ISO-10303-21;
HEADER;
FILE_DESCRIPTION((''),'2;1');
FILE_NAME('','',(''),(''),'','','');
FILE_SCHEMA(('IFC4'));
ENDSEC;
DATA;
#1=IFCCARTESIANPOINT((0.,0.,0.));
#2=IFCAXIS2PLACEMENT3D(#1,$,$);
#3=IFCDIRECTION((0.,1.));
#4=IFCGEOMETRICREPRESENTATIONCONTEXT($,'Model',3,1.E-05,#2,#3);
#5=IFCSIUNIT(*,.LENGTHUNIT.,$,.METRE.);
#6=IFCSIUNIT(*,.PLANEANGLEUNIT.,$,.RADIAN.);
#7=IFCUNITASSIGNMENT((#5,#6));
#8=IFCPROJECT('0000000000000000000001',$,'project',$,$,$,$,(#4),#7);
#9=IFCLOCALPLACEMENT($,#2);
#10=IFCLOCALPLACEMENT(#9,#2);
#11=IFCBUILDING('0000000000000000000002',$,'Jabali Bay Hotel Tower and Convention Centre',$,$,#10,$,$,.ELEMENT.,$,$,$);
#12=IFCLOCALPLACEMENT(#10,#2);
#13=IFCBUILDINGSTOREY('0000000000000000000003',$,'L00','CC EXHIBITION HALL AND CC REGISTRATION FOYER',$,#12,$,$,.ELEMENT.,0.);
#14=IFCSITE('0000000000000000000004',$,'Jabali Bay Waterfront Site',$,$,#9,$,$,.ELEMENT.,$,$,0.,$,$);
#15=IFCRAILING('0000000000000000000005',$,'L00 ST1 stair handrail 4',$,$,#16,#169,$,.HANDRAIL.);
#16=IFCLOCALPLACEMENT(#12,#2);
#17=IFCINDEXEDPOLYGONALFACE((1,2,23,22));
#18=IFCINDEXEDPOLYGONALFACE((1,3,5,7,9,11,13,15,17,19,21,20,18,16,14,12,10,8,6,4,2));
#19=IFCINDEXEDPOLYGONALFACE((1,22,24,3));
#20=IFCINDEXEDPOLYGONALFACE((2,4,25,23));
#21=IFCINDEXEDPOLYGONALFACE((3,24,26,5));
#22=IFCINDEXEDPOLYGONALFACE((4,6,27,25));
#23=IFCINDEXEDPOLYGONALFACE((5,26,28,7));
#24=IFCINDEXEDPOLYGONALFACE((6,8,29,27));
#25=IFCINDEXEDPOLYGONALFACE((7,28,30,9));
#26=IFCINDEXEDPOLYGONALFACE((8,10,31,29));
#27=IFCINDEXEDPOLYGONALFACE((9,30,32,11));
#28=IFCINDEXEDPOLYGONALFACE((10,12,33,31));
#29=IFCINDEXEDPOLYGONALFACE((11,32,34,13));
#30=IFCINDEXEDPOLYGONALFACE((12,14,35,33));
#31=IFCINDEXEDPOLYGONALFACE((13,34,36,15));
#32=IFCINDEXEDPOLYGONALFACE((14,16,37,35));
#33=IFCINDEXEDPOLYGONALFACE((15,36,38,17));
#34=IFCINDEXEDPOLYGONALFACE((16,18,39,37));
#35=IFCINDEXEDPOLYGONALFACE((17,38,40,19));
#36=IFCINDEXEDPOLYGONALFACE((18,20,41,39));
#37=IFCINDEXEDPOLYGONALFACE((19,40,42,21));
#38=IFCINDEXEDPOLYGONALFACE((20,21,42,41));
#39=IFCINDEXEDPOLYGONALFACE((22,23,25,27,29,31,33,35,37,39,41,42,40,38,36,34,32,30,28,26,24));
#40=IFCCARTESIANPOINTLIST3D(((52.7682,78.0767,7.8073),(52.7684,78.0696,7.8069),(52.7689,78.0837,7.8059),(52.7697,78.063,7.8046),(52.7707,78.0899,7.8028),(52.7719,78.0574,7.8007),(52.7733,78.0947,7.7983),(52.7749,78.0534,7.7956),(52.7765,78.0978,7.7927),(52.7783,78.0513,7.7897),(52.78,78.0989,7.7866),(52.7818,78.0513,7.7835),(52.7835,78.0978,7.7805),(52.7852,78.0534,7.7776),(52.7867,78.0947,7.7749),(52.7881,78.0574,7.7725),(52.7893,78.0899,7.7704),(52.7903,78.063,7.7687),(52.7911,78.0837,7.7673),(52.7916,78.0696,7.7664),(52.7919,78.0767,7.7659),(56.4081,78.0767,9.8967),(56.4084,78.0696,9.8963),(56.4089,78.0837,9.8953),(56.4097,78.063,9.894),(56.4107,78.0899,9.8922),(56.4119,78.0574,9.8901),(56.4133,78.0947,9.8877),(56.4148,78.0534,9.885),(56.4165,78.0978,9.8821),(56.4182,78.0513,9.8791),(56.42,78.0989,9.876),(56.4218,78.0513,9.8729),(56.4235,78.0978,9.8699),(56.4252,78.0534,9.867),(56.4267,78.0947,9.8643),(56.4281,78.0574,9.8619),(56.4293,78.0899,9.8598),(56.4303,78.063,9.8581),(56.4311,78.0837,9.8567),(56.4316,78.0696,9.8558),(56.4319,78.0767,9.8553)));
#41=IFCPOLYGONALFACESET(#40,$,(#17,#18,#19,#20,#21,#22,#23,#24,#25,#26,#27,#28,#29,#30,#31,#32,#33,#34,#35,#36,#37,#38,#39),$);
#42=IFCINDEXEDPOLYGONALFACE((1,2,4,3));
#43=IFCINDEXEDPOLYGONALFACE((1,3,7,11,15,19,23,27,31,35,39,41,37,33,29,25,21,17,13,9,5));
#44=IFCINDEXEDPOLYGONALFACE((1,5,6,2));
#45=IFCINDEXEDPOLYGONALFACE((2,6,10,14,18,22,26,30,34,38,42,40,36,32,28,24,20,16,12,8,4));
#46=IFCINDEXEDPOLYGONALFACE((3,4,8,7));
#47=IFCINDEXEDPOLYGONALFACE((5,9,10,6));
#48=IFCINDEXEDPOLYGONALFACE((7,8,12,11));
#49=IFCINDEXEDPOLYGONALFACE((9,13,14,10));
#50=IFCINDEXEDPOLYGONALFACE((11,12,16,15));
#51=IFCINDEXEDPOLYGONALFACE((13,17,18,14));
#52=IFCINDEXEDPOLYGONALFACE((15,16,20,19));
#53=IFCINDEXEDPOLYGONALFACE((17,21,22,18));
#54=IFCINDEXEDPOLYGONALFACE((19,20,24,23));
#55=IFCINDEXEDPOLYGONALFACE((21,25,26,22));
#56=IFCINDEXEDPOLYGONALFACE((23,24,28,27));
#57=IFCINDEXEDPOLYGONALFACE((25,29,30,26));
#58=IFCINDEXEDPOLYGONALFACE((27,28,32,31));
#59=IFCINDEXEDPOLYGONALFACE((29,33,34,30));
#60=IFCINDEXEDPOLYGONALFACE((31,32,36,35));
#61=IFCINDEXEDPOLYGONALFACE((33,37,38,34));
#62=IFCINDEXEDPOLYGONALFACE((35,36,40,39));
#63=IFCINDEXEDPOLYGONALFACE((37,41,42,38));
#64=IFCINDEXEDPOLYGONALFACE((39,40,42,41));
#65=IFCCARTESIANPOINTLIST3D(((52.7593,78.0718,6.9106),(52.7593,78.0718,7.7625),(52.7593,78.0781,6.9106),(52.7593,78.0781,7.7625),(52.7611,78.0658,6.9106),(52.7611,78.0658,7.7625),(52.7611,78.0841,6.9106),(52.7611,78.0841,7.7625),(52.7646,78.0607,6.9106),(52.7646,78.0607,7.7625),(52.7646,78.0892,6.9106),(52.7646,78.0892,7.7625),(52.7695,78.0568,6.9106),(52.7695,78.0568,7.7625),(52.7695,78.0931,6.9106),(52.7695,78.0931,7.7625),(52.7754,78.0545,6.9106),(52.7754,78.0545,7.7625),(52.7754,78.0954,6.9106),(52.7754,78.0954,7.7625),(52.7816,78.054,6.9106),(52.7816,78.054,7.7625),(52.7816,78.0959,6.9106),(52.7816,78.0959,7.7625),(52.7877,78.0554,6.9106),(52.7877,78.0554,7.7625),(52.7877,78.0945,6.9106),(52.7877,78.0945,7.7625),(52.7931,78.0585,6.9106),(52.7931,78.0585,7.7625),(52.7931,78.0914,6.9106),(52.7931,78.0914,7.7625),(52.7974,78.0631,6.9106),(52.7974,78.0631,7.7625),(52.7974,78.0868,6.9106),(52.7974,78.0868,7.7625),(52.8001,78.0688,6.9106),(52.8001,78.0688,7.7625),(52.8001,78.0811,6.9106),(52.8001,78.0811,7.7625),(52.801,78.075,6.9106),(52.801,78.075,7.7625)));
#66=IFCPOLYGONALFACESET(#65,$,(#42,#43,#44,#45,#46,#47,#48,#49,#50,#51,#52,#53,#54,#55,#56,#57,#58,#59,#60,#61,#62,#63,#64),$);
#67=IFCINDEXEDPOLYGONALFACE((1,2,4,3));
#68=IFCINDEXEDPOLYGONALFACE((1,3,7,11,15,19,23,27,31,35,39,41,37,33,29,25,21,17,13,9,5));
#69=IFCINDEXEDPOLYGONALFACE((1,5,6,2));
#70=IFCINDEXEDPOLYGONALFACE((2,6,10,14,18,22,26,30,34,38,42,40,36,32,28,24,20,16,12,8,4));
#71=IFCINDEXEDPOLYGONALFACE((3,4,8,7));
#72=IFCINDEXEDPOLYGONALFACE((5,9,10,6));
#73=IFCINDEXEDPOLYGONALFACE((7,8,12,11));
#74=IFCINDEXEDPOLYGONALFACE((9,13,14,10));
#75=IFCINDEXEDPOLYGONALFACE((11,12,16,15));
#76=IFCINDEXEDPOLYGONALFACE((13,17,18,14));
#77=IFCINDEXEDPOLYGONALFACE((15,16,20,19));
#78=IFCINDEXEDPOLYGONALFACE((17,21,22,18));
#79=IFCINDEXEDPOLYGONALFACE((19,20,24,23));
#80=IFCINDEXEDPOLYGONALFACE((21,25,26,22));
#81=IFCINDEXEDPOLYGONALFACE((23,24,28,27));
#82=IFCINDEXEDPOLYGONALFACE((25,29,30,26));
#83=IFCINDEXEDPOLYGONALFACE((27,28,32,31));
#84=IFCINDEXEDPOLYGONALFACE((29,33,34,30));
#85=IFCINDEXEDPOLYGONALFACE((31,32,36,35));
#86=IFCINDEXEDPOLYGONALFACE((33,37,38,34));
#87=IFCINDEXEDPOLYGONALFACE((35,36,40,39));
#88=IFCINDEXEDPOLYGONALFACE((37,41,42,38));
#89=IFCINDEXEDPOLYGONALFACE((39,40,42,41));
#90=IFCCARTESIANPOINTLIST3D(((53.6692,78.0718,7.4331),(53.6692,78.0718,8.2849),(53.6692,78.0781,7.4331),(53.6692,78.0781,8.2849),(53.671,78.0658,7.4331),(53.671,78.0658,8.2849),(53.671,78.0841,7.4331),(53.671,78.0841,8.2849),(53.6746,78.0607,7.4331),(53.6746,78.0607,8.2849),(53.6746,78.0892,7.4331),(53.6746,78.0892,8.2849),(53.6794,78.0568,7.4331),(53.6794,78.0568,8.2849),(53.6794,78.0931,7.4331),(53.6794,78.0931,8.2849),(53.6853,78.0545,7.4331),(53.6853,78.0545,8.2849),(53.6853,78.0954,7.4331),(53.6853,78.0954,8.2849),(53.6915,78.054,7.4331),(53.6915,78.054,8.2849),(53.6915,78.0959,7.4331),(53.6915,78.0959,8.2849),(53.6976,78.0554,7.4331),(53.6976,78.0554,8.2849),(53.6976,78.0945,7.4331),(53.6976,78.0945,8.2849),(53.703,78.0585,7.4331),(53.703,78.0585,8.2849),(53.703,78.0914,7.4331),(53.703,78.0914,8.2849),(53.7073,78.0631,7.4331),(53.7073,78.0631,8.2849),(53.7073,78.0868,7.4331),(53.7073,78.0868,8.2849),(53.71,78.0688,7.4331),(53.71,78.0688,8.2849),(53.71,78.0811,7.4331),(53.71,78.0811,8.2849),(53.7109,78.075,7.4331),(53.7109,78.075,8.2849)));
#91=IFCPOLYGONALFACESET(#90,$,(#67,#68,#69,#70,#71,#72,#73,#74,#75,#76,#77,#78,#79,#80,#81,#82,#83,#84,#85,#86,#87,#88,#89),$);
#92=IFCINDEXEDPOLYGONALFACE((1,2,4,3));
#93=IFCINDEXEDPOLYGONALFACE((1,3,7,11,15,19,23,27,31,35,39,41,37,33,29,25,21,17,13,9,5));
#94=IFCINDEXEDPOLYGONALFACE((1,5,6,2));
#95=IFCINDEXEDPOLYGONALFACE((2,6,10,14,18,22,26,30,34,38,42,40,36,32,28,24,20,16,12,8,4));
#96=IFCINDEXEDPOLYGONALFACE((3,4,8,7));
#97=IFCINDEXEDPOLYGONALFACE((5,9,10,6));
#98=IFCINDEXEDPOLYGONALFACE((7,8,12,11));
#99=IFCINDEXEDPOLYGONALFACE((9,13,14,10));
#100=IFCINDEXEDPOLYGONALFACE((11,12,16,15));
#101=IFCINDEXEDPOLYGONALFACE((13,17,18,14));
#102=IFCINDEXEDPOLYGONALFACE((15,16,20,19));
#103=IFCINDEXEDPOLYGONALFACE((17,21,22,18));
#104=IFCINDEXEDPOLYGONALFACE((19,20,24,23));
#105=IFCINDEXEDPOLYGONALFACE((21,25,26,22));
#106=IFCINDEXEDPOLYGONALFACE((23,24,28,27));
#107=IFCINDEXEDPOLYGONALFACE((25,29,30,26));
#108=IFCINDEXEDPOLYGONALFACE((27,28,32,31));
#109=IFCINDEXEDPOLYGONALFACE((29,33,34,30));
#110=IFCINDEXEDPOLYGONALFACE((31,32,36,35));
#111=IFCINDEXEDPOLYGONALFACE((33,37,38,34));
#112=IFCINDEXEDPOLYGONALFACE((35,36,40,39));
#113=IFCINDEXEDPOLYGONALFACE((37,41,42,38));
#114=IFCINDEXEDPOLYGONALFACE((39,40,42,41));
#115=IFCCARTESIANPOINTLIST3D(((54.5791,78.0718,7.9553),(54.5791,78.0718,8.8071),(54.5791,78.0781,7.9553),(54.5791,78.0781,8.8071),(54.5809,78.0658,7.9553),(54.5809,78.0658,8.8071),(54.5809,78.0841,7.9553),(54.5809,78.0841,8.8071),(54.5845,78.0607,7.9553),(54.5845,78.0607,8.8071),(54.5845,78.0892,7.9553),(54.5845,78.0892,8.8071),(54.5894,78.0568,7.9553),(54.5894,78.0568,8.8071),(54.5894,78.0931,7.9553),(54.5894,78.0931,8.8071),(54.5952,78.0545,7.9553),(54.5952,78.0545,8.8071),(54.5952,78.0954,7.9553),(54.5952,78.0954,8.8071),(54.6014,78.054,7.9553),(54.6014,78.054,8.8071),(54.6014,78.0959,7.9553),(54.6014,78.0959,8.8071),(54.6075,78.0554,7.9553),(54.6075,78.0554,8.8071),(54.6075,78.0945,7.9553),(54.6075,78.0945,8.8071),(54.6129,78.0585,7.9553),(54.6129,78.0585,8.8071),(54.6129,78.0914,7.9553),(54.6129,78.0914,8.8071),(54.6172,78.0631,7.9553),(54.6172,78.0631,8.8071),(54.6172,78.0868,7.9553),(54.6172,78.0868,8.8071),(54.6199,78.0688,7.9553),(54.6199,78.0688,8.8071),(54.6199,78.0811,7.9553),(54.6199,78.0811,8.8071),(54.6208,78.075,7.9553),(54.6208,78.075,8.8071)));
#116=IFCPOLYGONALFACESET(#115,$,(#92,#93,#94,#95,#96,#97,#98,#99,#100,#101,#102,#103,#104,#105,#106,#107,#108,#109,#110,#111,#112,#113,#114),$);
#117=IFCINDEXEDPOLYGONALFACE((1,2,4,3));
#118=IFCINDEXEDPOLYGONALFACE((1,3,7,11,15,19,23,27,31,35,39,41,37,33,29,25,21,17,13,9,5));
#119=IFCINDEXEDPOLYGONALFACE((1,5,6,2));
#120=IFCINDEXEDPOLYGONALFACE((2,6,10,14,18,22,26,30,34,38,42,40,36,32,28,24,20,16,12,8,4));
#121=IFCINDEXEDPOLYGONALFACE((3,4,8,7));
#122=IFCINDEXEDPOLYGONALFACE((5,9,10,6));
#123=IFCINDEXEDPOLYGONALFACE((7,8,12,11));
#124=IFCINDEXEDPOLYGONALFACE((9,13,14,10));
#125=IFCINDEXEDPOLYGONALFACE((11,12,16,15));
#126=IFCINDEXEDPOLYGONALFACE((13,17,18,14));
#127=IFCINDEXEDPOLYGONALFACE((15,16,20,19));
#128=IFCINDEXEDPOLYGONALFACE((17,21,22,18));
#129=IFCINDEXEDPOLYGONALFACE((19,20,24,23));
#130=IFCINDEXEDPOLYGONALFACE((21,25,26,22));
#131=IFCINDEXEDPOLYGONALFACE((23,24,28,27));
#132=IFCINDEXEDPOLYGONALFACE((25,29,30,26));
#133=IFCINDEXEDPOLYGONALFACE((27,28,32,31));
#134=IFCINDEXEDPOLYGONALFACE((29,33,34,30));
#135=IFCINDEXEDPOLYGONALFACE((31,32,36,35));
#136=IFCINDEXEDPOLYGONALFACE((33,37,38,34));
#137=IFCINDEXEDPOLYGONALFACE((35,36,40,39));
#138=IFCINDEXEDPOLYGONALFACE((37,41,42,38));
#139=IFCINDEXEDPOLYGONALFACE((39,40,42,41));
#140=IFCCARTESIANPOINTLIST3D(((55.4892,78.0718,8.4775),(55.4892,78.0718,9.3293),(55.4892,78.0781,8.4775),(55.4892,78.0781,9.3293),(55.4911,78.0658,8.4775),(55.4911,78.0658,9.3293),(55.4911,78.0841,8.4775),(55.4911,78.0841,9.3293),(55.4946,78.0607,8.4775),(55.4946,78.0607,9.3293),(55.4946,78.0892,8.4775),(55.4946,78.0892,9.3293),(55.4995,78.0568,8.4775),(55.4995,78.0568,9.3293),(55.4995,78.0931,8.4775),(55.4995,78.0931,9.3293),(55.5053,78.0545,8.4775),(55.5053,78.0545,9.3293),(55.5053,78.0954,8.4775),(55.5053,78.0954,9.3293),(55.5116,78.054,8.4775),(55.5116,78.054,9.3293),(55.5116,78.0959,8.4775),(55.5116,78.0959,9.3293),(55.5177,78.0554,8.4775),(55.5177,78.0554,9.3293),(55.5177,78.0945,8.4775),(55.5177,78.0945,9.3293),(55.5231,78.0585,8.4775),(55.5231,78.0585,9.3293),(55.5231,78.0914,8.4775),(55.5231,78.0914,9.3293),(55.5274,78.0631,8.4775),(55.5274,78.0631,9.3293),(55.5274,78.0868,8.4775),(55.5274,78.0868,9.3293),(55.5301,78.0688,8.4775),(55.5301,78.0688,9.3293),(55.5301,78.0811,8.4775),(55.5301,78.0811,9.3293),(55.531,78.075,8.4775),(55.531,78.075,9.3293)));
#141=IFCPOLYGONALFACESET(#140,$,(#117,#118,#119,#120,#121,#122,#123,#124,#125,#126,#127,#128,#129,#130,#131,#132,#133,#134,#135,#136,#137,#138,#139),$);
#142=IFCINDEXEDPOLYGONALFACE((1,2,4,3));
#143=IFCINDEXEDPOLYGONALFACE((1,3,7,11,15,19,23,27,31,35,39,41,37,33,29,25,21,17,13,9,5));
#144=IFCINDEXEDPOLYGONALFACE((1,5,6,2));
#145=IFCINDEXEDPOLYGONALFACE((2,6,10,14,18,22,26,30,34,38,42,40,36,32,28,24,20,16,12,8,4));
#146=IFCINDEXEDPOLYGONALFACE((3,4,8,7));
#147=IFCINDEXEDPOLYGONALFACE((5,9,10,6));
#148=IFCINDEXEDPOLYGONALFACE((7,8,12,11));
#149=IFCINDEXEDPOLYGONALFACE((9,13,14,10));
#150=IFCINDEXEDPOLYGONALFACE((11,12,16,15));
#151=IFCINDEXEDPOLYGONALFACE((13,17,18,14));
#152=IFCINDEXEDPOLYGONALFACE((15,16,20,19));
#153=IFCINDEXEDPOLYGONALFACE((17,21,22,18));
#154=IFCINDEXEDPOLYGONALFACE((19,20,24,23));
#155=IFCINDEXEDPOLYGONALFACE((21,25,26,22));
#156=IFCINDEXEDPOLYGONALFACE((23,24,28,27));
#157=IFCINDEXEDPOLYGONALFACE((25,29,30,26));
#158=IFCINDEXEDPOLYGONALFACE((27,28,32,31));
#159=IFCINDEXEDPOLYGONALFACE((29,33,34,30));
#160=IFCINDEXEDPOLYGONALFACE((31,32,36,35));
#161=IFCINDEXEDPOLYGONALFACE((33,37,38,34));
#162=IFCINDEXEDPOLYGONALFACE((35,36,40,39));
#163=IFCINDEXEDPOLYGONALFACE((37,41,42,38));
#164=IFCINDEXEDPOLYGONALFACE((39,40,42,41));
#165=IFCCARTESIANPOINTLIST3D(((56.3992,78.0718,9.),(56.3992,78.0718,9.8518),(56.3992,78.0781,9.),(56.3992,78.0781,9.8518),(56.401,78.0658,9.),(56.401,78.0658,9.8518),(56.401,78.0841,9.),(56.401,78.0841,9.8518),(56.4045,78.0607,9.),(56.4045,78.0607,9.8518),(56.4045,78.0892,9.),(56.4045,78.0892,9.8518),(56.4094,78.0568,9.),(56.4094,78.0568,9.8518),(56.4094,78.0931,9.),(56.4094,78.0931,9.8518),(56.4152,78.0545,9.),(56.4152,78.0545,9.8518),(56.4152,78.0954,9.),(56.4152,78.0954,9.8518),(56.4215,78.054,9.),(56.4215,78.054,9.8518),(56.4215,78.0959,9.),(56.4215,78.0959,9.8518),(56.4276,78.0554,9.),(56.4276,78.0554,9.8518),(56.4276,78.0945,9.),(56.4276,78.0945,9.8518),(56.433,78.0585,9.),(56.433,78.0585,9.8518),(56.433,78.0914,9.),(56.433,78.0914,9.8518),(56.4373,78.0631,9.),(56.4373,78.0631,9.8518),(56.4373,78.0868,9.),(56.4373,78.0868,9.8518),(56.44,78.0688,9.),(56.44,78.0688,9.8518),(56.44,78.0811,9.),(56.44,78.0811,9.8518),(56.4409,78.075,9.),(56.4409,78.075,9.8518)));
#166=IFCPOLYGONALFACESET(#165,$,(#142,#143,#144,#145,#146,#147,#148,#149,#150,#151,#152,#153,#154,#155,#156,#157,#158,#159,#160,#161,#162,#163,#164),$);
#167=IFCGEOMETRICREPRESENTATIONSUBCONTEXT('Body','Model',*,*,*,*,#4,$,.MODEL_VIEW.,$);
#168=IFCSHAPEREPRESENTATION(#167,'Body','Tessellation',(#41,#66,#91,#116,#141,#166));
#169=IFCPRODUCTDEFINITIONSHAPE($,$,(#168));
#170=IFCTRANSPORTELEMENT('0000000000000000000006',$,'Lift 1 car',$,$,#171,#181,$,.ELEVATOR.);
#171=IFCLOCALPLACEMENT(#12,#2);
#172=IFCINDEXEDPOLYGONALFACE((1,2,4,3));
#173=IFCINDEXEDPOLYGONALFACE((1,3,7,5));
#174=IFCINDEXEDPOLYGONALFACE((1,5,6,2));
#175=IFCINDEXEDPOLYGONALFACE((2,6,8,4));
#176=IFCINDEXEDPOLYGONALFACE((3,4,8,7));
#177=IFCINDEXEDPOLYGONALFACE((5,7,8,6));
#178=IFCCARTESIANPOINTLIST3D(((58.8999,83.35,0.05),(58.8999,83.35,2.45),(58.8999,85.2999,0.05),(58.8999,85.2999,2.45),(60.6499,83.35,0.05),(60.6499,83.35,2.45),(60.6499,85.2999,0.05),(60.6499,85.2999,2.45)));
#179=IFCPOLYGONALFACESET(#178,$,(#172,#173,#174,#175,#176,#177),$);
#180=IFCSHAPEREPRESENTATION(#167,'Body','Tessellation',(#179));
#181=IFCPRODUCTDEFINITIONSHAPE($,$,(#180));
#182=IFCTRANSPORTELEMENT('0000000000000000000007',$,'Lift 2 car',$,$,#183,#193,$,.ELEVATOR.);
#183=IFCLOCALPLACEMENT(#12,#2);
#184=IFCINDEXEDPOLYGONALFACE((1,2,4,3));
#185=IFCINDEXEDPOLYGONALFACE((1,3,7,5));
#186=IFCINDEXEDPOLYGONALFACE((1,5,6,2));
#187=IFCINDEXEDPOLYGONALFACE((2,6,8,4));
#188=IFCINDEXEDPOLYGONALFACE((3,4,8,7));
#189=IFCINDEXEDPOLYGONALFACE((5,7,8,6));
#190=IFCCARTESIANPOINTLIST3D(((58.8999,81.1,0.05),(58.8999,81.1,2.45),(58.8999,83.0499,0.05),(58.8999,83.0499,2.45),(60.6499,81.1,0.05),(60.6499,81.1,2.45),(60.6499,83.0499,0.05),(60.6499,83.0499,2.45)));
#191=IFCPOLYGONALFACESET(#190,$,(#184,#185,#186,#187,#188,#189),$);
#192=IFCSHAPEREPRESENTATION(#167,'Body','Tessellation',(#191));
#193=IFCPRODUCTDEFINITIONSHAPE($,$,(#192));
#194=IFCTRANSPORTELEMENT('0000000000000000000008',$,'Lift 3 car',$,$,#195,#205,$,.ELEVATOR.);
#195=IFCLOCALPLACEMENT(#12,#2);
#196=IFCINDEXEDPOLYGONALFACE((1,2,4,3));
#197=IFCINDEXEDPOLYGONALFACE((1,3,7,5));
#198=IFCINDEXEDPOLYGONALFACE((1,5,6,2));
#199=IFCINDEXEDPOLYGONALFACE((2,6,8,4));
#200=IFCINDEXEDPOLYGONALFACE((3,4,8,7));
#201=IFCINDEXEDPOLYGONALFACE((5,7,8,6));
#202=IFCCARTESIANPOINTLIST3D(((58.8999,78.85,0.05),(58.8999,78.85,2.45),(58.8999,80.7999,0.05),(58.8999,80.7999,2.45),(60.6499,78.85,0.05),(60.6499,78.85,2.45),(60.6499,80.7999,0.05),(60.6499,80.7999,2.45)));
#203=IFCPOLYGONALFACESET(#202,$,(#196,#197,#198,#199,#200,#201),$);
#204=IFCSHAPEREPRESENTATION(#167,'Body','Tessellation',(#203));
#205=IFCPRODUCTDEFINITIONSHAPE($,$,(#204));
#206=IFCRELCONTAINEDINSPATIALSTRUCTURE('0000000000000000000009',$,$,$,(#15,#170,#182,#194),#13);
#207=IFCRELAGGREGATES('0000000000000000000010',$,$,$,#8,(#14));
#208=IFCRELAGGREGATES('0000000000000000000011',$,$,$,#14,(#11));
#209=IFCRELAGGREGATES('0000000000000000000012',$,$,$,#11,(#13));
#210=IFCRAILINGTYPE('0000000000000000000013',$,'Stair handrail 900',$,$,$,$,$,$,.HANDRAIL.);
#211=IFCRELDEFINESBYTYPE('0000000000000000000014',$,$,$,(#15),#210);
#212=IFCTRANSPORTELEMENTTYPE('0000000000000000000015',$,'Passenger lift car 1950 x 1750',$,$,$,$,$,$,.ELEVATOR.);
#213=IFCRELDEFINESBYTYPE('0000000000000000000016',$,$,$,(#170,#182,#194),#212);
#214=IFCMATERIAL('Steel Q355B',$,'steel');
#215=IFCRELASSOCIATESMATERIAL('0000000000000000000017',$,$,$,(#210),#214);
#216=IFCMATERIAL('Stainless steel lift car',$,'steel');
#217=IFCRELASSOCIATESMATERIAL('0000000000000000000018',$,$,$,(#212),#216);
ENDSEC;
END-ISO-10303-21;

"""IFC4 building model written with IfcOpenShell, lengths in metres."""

from ifc_helpers import new_model, si_unit, direction, frame, origin, origin_2d, place, context, subcontext, project, spatial, rectangle, circle, extrude, material, type_object, element, save


model = new_model("IFC4")

# Units and contexts
model_context = context("Model", 3, precision=1e-05, world=origin(), true_north=direction((0.0, 1.0)))
body_context = subcontext(model_context, "Body", "Model", "MODEL_VIEW")
ifc_project = project(units=[si_unit("LENGTHUNIT", "METRE"), si_unit("PLANEANGLEUNIT", "RADIAN")], contexts=[model_context])

# Site, building, storey
site_placement = place(None, origin())
site = spatial("IfcSite", under=ifc_project, at=site_placement, Name="Jabali Bay Waterfront Site", CompositionType="ELEMENT", RefElevation=0.0)
building_placement = place(site_placement, origin())
building = spatial("IfcBuilding", under=site, at=building_placement, Name="Jabali Bay Hotel Tower and Convention Centre", CompositionType="ELEMENT")
storey_placement = place(building_placement, origin())
storey = spatial("IfcBuildingStorey", under=building, at=storey_placement, Name="L00", Description="CC EXHIBITION HALL AND CC REGISTRATION FOYER", CompositionType="ELEMENT", Elevation=0.0)

# Railing
ifc_material_1 = material(Name="Steel Q355B", Category="steel")
railing_type_1 = type_object("IfcRailingType", Name="Stair handrail 900", PredefinedType="HANDRAIL", material=ifc_material_1)
railing_1_placement = place(storey_placement, frame((52.78, 78.075, 6.9106)))
element("IfcRailing", 1, at=railing_1_placement, inside=storey, type_object=railing_type_1, Name="L00 ST1 stair handrail 4", PredefinedType="HANDRAIL", context=body_context, shape_type="SweptSolid", body=[
    extrude(circle(Radius=0.0239, at=origin_2d()), frame((0.0, 0.0, 0.876), z_axis=(0.867275, 0.0, 0.497829), x_axis=(0.0, 1.0, 0.0)), (0.0, 0.0, 1.0), 4.197),
    extrude(circle(Radius=0.021, at=origin_2d()), origin(), (0.0, 0.0, 1.0), 0.8518),
    extrude(circle(Radius=0.021, at=origin_2d()), frame((0.9099, 0.0, 0.5225)), (0.0, 0.0, 1.0), 0.8518),
    extrude(circle(Radius=0.021, at=origin_2d()), frame((1.8198, 0.0, 1.0447)), (0.0, 0.0, 1.0), 0.8518),
    extrude(circle(Radius=0.021, at=origin_2d()), frame((2.73, 0.0, 1.5669)), (0.0, 0.0, 1.0), 0.8518),
    extrude(circle(Radius=0.021, at=origin_2d()), frame((3.6399, 0.0, 2.0894)), (0.0, 0.0, 1.0), 0.8518),
])

# Transport elements
ifc_material_2 = material(Name="Stainless steel lift car", Category="steel")
transport_element_type = type_object("IfcTransportElementType", Name="Passenger lift car 1950 x 1750", PredefinedType="ELEVATOR", material=ifc_material_2)
for number, where, z_axis, x_axis, name in (
    (2, (59.7749, 84.325, 0.05), (0.0, 0.0, 1.0), (-1.0, 0.0, 0.0), "Lift 1 car"),
    (3, (59.7749, 82.075, 0.05), (0.0, 0.0, 1.0), (-1.0, 0.0, 0.0), "Lift 2 car"),
    (4, (59.7749, 79.825, 0.05), (0.0, 0.0, 1.0), (-1.0, 0.0, 0.0), "Lift 3 car"),
):
    element("IfcTransportElement", number, at=place(storey_placement, frame(where, z_axis=z_axis, x_axis=x_axis)), inside=storey, type_object=transport_element_type, Name=name, PredefinedType="ELEVATOR", context=body_context, shape_type="SweptSolid", body=[
        extrude(rectangle(XDim=1.75, YDim=1.95, at=origin_2d()), origin(), (0.0, 0.0, 1.0), 2.3999),
    ])

save(model, "model.ifc")
